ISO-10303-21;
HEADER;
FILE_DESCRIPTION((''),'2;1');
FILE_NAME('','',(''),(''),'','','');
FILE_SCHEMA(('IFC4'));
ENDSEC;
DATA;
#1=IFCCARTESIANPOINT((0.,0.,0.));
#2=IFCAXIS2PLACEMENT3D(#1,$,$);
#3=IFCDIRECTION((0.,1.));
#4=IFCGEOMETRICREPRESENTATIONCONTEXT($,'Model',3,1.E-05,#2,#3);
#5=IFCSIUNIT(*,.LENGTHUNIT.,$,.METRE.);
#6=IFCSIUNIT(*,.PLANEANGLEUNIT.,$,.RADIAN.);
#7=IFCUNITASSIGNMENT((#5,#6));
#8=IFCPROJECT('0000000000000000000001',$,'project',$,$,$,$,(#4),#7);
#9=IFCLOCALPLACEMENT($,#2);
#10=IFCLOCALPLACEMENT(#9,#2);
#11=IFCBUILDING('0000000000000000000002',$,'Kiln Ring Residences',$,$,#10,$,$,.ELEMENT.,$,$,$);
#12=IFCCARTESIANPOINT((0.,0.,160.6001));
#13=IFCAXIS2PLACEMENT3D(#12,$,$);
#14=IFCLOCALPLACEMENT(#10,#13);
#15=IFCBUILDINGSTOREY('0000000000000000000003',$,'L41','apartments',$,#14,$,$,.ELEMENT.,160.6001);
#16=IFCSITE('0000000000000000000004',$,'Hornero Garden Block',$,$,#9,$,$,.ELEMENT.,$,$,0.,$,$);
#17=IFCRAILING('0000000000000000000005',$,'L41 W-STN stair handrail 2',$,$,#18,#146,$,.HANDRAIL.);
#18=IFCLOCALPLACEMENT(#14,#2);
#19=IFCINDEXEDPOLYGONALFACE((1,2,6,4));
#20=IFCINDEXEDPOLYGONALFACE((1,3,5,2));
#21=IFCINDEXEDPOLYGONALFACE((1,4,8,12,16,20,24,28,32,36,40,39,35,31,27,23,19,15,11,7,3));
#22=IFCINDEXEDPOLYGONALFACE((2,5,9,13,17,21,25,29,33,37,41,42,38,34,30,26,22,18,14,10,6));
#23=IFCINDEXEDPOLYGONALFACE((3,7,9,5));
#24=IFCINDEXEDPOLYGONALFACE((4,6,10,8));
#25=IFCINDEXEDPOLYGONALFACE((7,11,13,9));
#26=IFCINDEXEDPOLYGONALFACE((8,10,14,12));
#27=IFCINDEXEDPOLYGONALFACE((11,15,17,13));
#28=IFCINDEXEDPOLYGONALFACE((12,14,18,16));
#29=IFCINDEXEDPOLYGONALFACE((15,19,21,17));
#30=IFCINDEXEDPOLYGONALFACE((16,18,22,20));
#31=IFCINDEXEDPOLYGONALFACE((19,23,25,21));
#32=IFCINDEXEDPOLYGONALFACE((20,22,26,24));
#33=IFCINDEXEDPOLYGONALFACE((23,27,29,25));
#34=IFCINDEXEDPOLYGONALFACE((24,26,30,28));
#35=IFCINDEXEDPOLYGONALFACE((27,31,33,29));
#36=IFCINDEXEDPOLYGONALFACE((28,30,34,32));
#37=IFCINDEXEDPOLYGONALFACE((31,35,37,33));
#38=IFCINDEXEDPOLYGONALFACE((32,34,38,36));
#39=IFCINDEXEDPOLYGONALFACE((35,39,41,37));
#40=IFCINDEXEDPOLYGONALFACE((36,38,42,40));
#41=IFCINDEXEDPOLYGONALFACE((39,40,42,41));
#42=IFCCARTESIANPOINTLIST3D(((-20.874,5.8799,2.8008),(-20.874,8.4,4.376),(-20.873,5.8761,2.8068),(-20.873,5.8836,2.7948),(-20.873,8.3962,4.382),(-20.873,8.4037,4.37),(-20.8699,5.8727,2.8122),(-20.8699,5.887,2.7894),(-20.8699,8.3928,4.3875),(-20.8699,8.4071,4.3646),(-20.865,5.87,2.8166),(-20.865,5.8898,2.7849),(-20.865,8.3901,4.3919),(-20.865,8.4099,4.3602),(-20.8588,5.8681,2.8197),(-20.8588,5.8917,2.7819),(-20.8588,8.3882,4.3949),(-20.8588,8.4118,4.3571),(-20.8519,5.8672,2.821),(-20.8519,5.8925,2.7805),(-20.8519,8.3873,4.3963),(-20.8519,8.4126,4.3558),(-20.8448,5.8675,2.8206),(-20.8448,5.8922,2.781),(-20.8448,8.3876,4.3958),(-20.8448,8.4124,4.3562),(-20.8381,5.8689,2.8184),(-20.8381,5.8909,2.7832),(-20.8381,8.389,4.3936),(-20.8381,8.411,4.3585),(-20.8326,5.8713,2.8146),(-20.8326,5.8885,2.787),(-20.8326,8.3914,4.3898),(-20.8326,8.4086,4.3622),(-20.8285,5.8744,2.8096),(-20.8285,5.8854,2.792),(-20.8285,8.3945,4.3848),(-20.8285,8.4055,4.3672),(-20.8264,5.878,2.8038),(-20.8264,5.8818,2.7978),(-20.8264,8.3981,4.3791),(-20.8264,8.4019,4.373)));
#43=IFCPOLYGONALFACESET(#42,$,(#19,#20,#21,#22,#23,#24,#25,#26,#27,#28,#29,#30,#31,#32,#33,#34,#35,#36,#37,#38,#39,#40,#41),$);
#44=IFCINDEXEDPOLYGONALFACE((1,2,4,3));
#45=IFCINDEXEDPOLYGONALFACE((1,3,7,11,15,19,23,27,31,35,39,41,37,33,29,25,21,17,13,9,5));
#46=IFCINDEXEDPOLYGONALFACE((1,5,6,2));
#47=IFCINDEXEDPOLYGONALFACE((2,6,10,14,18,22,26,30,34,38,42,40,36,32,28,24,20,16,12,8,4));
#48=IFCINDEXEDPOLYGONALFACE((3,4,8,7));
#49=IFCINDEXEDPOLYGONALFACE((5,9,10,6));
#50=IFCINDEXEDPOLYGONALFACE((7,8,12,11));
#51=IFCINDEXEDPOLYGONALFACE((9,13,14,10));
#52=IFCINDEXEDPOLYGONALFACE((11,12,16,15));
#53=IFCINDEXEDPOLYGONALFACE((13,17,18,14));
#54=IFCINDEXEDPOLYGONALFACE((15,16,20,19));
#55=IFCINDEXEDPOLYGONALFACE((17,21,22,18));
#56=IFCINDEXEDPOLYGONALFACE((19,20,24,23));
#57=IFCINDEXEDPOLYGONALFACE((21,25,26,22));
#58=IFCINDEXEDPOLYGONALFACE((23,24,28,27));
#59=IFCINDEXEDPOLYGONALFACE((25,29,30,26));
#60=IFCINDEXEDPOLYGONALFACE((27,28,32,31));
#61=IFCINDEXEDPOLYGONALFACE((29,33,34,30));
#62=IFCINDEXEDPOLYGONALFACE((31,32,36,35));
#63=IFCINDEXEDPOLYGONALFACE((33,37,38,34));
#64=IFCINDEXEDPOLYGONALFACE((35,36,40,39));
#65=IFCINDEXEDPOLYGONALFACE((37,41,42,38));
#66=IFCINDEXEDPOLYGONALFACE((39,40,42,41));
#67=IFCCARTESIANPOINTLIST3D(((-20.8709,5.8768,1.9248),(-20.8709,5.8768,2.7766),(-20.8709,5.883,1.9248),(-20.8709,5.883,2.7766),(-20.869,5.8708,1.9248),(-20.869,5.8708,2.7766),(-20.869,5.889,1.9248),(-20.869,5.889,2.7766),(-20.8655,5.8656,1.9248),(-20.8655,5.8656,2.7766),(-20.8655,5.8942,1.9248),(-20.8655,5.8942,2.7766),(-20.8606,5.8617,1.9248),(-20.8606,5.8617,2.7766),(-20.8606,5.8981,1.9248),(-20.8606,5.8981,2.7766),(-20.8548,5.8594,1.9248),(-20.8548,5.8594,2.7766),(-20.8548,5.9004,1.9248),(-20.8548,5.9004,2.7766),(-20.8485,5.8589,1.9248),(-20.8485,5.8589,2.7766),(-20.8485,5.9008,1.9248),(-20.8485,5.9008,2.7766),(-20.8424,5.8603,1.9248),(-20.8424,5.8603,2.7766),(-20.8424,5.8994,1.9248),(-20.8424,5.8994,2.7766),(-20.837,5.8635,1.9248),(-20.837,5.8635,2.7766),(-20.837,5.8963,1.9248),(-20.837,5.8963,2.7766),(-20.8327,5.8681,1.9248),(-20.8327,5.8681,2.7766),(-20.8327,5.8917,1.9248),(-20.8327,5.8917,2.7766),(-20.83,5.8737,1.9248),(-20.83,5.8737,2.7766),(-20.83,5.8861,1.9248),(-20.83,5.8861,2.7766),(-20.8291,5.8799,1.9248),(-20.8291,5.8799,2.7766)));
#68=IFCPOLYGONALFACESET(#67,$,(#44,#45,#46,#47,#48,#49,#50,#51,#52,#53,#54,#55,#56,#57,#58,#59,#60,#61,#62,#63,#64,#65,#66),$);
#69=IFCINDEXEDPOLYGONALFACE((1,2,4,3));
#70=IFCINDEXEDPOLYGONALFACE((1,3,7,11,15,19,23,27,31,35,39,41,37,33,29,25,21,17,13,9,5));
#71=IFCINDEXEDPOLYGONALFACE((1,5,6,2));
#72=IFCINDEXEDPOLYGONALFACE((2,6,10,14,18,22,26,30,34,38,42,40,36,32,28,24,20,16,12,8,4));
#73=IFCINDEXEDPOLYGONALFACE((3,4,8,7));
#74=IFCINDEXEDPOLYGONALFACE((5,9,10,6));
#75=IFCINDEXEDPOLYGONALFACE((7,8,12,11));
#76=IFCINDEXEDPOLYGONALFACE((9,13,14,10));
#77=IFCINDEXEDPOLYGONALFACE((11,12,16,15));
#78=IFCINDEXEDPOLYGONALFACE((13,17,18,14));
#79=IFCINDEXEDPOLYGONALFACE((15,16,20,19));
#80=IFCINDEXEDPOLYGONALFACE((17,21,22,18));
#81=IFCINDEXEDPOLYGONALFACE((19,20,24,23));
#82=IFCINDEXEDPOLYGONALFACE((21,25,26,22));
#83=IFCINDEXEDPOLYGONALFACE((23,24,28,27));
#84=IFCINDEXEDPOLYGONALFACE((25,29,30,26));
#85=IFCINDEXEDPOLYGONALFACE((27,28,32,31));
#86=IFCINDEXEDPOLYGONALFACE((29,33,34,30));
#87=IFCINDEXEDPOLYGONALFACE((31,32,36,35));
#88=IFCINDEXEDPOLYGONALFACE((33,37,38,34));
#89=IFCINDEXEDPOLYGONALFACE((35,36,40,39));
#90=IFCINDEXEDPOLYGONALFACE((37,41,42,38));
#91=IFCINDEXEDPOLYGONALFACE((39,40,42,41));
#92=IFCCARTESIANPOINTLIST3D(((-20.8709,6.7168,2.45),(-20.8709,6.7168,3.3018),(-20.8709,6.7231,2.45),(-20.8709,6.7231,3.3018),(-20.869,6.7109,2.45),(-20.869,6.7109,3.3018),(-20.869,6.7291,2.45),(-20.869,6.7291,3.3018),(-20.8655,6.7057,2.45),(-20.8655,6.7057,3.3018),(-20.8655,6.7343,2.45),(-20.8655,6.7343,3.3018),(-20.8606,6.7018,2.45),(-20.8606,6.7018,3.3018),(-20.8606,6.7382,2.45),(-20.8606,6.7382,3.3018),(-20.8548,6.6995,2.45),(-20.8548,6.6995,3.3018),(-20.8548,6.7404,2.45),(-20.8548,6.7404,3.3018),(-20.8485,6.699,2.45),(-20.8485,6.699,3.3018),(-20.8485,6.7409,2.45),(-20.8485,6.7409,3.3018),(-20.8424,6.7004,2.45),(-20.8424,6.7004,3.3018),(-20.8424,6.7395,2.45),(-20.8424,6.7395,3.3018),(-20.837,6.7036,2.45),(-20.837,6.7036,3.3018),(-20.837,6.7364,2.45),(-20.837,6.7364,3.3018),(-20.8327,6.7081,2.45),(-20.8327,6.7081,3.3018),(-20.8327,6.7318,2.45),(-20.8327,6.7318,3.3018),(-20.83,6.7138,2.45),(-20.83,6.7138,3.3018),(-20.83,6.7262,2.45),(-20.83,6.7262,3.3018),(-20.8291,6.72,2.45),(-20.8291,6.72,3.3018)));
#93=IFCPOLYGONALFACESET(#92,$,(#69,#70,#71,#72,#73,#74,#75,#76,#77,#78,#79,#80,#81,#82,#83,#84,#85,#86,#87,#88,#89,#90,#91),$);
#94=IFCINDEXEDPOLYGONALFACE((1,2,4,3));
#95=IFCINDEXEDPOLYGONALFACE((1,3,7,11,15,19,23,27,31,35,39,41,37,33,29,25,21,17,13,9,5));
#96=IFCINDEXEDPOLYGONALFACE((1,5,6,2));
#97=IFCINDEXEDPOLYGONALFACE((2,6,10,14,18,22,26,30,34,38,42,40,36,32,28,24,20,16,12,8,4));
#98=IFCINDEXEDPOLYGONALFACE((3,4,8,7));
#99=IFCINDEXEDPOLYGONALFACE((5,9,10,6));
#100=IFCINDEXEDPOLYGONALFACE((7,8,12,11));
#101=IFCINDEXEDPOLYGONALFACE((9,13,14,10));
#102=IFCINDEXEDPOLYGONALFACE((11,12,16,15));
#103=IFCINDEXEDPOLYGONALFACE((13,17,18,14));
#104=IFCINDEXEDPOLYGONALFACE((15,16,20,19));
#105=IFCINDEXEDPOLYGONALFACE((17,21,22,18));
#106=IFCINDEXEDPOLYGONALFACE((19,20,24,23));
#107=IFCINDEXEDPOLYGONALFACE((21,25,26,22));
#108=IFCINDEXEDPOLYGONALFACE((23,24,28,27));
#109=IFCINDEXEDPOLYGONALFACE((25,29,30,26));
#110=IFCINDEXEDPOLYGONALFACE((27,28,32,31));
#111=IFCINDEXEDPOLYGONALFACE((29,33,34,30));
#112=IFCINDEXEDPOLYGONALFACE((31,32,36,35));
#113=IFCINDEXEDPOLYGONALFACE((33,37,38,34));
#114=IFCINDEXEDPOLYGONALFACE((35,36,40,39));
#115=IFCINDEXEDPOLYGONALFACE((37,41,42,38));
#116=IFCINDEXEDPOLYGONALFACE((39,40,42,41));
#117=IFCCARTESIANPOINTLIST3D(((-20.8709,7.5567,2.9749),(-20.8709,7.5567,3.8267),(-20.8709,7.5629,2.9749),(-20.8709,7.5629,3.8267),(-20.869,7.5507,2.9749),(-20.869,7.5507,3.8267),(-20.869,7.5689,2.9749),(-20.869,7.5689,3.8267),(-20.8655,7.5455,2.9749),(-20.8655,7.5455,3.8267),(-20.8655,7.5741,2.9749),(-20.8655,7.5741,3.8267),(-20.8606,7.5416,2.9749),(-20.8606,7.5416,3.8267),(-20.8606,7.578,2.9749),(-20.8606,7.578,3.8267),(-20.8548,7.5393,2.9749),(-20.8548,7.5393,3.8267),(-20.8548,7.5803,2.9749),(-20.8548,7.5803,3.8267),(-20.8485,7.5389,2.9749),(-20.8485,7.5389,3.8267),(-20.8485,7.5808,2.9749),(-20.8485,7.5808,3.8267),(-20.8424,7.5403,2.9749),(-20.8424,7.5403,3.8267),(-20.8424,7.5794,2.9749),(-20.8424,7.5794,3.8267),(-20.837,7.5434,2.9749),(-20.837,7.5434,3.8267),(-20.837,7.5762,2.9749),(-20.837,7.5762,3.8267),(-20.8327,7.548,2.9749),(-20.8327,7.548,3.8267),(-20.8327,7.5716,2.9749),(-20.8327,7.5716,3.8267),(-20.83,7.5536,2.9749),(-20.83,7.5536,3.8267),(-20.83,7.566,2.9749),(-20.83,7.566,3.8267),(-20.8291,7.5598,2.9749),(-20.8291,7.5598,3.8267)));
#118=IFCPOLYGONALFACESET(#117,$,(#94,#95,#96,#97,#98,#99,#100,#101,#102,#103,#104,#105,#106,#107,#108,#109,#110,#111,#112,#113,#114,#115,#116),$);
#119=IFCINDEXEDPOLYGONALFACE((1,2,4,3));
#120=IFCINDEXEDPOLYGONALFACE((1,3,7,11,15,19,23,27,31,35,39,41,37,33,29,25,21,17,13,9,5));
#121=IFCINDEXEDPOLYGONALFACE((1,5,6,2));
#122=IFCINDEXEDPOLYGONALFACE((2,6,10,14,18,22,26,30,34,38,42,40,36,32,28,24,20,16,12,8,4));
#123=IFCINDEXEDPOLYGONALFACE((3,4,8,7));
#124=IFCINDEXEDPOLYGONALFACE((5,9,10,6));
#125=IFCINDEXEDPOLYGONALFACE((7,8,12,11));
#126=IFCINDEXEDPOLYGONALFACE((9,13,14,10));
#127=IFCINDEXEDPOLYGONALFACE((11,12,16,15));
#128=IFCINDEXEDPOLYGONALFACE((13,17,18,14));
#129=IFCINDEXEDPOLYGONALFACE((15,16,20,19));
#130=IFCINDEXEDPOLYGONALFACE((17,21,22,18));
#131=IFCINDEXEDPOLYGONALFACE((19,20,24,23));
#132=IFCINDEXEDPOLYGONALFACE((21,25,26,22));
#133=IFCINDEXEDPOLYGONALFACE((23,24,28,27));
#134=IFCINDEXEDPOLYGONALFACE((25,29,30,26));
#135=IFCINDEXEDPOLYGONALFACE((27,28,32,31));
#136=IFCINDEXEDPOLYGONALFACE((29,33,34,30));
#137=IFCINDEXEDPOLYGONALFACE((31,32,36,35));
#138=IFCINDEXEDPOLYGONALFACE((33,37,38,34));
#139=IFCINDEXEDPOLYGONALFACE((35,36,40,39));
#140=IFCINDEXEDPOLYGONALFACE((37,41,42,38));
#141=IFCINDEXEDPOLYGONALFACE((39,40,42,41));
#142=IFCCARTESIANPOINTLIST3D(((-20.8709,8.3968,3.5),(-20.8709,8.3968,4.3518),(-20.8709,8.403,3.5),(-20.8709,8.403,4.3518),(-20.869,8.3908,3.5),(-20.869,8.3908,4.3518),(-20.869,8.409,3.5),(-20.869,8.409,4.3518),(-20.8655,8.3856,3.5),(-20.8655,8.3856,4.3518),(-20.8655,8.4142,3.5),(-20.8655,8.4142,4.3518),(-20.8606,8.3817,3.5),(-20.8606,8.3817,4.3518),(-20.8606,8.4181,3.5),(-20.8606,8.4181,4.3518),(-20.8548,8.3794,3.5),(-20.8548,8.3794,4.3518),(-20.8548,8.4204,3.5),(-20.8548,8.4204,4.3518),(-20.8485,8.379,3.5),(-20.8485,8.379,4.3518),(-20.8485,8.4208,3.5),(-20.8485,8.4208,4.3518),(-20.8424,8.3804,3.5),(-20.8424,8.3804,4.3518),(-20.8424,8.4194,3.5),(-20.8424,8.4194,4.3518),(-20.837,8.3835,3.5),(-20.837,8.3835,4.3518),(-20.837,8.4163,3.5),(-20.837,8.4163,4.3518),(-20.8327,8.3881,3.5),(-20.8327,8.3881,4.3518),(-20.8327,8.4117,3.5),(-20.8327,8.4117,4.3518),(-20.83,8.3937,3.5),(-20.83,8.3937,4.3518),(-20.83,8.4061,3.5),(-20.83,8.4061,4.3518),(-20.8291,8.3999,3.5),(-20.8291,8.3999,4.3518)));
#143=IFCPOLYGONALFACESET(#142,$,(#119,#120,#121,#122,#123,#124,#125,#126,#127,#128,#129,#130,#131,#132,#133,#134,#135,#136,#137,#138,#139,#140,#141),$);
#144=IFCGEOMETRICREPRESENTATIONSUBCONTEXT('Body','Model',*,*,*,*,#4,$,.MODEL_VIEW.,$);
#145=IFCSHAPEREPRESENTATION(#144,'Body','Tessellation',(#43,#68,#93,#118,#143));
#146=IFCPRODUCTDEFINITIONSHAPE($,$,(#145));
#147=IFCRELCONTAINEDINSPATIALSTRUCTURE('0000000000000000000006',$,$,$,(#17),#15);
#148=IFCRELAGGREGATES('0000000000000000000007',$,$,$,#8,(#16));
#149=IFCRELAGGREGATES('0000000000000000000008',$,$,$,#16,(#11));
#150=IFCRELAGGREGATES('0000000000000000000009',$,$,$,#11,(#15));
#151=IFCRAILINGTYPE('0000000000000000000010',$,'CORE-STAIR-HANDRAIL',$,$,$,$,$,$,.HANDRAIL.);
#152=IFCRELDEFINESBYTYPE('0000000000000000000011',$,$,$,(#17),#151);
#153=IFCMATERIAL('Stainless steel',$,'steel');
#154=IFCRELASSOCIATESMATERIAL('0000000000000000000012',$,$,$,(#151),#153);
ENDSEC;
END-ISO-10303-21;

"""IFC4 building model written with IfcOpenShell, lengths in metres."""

from ifc_helpers import new_model, si_unit, direction, frame, origin, origin_2d, place, context, subcontext, project, spatial, circle, extrude, material, type_object, element, save


model = new_model("IFC4")

# Units and contexts
model_context = context("Model", 3, precision=1e-05, world=origin(), true_north=direction((0.0, 1.0)))
body_context = subcontext(model_context, "Body", "Model", "MODEL_VIEW")
ifc_project = project(units=[si_unit("LENGTHUNIT", "METRE"), si_unit("PLANEANGLEUNIT", "RADIAN")], contexts=[model_context])

# Site, building, storey
site_placement = place(None, origin())
site = spatial("IfcSite", under=ifc_project, at=site_placement, Name="Hornero Garden Block", CompositionType="ELEMENT", RefElevation=0.0)
building_placement = place(site_placement, origin())
building = spatial("IfcBuilding", under=site, at=building_placement, Name="Kiln Ring Residences", CompositionType="ELEMENT")
storey_placement = place(building_placement, frame((0.0, 0.0, 160.6001)))
storey = spatial("IfcBuildingStorey", under=building, at=storey_placement, Name="L41", Description="apartments", CompositionType="ELEMENT", Elevation=160.6001)

# Railing
ifc_material_1 = material(Name="Stainless steel", Category="steel")
railing_type_1 = type_object("IfcRailingType", Name="CORE-STAIR-HANDRAIL", PredefinedType="HANDRAIL", material=ifc_material_1)
railing_1_placement = place(storey_placement, frame((-20.8501, 5.8799, 1.9248)))
element("IfcRailing", 1, at=railing_1_placement, inside=storey, type_object=railing_type_1, Name="L41 W-STN stair handrail 2", PredefinedType="HANDRAIL", context=body_context, shape_type="SweptSolid", body=[
    extrude(circle(Radius=0.0239, at=origin_2d()), frame((0.0, 0.0, 0.876), z_axis=(0.0, 0.847971, 0.530043), x_axis=(-1.0, 0.0, 0.0)), (0.0, 0.0, 1.0), 2.9719),
    extrude(circle(Radius=0.021, at=origin_2d()), origin(), (0.0, 0.0, 1.0), 0.8518),
    extrude(circle(Radius=0.021, at=origin_2d()), frame((0.0, 0.8401, 0.5251)), (0.0, 0.0, 1.0), 0.8518),
    extrude(circle(Radius=0.021, at=origin_2d()), frame((0.0, 1.6799, 1.05)), (0.0, 0.0, 1.0), 0.8518),
    extrude(circle(Radius=0.021, at=origin_2d()), frame((0.0, 2.52, 1.5752)), (0.0, 0.0, 1.0), 0.8518),
])

save(model, "model.ifc")
